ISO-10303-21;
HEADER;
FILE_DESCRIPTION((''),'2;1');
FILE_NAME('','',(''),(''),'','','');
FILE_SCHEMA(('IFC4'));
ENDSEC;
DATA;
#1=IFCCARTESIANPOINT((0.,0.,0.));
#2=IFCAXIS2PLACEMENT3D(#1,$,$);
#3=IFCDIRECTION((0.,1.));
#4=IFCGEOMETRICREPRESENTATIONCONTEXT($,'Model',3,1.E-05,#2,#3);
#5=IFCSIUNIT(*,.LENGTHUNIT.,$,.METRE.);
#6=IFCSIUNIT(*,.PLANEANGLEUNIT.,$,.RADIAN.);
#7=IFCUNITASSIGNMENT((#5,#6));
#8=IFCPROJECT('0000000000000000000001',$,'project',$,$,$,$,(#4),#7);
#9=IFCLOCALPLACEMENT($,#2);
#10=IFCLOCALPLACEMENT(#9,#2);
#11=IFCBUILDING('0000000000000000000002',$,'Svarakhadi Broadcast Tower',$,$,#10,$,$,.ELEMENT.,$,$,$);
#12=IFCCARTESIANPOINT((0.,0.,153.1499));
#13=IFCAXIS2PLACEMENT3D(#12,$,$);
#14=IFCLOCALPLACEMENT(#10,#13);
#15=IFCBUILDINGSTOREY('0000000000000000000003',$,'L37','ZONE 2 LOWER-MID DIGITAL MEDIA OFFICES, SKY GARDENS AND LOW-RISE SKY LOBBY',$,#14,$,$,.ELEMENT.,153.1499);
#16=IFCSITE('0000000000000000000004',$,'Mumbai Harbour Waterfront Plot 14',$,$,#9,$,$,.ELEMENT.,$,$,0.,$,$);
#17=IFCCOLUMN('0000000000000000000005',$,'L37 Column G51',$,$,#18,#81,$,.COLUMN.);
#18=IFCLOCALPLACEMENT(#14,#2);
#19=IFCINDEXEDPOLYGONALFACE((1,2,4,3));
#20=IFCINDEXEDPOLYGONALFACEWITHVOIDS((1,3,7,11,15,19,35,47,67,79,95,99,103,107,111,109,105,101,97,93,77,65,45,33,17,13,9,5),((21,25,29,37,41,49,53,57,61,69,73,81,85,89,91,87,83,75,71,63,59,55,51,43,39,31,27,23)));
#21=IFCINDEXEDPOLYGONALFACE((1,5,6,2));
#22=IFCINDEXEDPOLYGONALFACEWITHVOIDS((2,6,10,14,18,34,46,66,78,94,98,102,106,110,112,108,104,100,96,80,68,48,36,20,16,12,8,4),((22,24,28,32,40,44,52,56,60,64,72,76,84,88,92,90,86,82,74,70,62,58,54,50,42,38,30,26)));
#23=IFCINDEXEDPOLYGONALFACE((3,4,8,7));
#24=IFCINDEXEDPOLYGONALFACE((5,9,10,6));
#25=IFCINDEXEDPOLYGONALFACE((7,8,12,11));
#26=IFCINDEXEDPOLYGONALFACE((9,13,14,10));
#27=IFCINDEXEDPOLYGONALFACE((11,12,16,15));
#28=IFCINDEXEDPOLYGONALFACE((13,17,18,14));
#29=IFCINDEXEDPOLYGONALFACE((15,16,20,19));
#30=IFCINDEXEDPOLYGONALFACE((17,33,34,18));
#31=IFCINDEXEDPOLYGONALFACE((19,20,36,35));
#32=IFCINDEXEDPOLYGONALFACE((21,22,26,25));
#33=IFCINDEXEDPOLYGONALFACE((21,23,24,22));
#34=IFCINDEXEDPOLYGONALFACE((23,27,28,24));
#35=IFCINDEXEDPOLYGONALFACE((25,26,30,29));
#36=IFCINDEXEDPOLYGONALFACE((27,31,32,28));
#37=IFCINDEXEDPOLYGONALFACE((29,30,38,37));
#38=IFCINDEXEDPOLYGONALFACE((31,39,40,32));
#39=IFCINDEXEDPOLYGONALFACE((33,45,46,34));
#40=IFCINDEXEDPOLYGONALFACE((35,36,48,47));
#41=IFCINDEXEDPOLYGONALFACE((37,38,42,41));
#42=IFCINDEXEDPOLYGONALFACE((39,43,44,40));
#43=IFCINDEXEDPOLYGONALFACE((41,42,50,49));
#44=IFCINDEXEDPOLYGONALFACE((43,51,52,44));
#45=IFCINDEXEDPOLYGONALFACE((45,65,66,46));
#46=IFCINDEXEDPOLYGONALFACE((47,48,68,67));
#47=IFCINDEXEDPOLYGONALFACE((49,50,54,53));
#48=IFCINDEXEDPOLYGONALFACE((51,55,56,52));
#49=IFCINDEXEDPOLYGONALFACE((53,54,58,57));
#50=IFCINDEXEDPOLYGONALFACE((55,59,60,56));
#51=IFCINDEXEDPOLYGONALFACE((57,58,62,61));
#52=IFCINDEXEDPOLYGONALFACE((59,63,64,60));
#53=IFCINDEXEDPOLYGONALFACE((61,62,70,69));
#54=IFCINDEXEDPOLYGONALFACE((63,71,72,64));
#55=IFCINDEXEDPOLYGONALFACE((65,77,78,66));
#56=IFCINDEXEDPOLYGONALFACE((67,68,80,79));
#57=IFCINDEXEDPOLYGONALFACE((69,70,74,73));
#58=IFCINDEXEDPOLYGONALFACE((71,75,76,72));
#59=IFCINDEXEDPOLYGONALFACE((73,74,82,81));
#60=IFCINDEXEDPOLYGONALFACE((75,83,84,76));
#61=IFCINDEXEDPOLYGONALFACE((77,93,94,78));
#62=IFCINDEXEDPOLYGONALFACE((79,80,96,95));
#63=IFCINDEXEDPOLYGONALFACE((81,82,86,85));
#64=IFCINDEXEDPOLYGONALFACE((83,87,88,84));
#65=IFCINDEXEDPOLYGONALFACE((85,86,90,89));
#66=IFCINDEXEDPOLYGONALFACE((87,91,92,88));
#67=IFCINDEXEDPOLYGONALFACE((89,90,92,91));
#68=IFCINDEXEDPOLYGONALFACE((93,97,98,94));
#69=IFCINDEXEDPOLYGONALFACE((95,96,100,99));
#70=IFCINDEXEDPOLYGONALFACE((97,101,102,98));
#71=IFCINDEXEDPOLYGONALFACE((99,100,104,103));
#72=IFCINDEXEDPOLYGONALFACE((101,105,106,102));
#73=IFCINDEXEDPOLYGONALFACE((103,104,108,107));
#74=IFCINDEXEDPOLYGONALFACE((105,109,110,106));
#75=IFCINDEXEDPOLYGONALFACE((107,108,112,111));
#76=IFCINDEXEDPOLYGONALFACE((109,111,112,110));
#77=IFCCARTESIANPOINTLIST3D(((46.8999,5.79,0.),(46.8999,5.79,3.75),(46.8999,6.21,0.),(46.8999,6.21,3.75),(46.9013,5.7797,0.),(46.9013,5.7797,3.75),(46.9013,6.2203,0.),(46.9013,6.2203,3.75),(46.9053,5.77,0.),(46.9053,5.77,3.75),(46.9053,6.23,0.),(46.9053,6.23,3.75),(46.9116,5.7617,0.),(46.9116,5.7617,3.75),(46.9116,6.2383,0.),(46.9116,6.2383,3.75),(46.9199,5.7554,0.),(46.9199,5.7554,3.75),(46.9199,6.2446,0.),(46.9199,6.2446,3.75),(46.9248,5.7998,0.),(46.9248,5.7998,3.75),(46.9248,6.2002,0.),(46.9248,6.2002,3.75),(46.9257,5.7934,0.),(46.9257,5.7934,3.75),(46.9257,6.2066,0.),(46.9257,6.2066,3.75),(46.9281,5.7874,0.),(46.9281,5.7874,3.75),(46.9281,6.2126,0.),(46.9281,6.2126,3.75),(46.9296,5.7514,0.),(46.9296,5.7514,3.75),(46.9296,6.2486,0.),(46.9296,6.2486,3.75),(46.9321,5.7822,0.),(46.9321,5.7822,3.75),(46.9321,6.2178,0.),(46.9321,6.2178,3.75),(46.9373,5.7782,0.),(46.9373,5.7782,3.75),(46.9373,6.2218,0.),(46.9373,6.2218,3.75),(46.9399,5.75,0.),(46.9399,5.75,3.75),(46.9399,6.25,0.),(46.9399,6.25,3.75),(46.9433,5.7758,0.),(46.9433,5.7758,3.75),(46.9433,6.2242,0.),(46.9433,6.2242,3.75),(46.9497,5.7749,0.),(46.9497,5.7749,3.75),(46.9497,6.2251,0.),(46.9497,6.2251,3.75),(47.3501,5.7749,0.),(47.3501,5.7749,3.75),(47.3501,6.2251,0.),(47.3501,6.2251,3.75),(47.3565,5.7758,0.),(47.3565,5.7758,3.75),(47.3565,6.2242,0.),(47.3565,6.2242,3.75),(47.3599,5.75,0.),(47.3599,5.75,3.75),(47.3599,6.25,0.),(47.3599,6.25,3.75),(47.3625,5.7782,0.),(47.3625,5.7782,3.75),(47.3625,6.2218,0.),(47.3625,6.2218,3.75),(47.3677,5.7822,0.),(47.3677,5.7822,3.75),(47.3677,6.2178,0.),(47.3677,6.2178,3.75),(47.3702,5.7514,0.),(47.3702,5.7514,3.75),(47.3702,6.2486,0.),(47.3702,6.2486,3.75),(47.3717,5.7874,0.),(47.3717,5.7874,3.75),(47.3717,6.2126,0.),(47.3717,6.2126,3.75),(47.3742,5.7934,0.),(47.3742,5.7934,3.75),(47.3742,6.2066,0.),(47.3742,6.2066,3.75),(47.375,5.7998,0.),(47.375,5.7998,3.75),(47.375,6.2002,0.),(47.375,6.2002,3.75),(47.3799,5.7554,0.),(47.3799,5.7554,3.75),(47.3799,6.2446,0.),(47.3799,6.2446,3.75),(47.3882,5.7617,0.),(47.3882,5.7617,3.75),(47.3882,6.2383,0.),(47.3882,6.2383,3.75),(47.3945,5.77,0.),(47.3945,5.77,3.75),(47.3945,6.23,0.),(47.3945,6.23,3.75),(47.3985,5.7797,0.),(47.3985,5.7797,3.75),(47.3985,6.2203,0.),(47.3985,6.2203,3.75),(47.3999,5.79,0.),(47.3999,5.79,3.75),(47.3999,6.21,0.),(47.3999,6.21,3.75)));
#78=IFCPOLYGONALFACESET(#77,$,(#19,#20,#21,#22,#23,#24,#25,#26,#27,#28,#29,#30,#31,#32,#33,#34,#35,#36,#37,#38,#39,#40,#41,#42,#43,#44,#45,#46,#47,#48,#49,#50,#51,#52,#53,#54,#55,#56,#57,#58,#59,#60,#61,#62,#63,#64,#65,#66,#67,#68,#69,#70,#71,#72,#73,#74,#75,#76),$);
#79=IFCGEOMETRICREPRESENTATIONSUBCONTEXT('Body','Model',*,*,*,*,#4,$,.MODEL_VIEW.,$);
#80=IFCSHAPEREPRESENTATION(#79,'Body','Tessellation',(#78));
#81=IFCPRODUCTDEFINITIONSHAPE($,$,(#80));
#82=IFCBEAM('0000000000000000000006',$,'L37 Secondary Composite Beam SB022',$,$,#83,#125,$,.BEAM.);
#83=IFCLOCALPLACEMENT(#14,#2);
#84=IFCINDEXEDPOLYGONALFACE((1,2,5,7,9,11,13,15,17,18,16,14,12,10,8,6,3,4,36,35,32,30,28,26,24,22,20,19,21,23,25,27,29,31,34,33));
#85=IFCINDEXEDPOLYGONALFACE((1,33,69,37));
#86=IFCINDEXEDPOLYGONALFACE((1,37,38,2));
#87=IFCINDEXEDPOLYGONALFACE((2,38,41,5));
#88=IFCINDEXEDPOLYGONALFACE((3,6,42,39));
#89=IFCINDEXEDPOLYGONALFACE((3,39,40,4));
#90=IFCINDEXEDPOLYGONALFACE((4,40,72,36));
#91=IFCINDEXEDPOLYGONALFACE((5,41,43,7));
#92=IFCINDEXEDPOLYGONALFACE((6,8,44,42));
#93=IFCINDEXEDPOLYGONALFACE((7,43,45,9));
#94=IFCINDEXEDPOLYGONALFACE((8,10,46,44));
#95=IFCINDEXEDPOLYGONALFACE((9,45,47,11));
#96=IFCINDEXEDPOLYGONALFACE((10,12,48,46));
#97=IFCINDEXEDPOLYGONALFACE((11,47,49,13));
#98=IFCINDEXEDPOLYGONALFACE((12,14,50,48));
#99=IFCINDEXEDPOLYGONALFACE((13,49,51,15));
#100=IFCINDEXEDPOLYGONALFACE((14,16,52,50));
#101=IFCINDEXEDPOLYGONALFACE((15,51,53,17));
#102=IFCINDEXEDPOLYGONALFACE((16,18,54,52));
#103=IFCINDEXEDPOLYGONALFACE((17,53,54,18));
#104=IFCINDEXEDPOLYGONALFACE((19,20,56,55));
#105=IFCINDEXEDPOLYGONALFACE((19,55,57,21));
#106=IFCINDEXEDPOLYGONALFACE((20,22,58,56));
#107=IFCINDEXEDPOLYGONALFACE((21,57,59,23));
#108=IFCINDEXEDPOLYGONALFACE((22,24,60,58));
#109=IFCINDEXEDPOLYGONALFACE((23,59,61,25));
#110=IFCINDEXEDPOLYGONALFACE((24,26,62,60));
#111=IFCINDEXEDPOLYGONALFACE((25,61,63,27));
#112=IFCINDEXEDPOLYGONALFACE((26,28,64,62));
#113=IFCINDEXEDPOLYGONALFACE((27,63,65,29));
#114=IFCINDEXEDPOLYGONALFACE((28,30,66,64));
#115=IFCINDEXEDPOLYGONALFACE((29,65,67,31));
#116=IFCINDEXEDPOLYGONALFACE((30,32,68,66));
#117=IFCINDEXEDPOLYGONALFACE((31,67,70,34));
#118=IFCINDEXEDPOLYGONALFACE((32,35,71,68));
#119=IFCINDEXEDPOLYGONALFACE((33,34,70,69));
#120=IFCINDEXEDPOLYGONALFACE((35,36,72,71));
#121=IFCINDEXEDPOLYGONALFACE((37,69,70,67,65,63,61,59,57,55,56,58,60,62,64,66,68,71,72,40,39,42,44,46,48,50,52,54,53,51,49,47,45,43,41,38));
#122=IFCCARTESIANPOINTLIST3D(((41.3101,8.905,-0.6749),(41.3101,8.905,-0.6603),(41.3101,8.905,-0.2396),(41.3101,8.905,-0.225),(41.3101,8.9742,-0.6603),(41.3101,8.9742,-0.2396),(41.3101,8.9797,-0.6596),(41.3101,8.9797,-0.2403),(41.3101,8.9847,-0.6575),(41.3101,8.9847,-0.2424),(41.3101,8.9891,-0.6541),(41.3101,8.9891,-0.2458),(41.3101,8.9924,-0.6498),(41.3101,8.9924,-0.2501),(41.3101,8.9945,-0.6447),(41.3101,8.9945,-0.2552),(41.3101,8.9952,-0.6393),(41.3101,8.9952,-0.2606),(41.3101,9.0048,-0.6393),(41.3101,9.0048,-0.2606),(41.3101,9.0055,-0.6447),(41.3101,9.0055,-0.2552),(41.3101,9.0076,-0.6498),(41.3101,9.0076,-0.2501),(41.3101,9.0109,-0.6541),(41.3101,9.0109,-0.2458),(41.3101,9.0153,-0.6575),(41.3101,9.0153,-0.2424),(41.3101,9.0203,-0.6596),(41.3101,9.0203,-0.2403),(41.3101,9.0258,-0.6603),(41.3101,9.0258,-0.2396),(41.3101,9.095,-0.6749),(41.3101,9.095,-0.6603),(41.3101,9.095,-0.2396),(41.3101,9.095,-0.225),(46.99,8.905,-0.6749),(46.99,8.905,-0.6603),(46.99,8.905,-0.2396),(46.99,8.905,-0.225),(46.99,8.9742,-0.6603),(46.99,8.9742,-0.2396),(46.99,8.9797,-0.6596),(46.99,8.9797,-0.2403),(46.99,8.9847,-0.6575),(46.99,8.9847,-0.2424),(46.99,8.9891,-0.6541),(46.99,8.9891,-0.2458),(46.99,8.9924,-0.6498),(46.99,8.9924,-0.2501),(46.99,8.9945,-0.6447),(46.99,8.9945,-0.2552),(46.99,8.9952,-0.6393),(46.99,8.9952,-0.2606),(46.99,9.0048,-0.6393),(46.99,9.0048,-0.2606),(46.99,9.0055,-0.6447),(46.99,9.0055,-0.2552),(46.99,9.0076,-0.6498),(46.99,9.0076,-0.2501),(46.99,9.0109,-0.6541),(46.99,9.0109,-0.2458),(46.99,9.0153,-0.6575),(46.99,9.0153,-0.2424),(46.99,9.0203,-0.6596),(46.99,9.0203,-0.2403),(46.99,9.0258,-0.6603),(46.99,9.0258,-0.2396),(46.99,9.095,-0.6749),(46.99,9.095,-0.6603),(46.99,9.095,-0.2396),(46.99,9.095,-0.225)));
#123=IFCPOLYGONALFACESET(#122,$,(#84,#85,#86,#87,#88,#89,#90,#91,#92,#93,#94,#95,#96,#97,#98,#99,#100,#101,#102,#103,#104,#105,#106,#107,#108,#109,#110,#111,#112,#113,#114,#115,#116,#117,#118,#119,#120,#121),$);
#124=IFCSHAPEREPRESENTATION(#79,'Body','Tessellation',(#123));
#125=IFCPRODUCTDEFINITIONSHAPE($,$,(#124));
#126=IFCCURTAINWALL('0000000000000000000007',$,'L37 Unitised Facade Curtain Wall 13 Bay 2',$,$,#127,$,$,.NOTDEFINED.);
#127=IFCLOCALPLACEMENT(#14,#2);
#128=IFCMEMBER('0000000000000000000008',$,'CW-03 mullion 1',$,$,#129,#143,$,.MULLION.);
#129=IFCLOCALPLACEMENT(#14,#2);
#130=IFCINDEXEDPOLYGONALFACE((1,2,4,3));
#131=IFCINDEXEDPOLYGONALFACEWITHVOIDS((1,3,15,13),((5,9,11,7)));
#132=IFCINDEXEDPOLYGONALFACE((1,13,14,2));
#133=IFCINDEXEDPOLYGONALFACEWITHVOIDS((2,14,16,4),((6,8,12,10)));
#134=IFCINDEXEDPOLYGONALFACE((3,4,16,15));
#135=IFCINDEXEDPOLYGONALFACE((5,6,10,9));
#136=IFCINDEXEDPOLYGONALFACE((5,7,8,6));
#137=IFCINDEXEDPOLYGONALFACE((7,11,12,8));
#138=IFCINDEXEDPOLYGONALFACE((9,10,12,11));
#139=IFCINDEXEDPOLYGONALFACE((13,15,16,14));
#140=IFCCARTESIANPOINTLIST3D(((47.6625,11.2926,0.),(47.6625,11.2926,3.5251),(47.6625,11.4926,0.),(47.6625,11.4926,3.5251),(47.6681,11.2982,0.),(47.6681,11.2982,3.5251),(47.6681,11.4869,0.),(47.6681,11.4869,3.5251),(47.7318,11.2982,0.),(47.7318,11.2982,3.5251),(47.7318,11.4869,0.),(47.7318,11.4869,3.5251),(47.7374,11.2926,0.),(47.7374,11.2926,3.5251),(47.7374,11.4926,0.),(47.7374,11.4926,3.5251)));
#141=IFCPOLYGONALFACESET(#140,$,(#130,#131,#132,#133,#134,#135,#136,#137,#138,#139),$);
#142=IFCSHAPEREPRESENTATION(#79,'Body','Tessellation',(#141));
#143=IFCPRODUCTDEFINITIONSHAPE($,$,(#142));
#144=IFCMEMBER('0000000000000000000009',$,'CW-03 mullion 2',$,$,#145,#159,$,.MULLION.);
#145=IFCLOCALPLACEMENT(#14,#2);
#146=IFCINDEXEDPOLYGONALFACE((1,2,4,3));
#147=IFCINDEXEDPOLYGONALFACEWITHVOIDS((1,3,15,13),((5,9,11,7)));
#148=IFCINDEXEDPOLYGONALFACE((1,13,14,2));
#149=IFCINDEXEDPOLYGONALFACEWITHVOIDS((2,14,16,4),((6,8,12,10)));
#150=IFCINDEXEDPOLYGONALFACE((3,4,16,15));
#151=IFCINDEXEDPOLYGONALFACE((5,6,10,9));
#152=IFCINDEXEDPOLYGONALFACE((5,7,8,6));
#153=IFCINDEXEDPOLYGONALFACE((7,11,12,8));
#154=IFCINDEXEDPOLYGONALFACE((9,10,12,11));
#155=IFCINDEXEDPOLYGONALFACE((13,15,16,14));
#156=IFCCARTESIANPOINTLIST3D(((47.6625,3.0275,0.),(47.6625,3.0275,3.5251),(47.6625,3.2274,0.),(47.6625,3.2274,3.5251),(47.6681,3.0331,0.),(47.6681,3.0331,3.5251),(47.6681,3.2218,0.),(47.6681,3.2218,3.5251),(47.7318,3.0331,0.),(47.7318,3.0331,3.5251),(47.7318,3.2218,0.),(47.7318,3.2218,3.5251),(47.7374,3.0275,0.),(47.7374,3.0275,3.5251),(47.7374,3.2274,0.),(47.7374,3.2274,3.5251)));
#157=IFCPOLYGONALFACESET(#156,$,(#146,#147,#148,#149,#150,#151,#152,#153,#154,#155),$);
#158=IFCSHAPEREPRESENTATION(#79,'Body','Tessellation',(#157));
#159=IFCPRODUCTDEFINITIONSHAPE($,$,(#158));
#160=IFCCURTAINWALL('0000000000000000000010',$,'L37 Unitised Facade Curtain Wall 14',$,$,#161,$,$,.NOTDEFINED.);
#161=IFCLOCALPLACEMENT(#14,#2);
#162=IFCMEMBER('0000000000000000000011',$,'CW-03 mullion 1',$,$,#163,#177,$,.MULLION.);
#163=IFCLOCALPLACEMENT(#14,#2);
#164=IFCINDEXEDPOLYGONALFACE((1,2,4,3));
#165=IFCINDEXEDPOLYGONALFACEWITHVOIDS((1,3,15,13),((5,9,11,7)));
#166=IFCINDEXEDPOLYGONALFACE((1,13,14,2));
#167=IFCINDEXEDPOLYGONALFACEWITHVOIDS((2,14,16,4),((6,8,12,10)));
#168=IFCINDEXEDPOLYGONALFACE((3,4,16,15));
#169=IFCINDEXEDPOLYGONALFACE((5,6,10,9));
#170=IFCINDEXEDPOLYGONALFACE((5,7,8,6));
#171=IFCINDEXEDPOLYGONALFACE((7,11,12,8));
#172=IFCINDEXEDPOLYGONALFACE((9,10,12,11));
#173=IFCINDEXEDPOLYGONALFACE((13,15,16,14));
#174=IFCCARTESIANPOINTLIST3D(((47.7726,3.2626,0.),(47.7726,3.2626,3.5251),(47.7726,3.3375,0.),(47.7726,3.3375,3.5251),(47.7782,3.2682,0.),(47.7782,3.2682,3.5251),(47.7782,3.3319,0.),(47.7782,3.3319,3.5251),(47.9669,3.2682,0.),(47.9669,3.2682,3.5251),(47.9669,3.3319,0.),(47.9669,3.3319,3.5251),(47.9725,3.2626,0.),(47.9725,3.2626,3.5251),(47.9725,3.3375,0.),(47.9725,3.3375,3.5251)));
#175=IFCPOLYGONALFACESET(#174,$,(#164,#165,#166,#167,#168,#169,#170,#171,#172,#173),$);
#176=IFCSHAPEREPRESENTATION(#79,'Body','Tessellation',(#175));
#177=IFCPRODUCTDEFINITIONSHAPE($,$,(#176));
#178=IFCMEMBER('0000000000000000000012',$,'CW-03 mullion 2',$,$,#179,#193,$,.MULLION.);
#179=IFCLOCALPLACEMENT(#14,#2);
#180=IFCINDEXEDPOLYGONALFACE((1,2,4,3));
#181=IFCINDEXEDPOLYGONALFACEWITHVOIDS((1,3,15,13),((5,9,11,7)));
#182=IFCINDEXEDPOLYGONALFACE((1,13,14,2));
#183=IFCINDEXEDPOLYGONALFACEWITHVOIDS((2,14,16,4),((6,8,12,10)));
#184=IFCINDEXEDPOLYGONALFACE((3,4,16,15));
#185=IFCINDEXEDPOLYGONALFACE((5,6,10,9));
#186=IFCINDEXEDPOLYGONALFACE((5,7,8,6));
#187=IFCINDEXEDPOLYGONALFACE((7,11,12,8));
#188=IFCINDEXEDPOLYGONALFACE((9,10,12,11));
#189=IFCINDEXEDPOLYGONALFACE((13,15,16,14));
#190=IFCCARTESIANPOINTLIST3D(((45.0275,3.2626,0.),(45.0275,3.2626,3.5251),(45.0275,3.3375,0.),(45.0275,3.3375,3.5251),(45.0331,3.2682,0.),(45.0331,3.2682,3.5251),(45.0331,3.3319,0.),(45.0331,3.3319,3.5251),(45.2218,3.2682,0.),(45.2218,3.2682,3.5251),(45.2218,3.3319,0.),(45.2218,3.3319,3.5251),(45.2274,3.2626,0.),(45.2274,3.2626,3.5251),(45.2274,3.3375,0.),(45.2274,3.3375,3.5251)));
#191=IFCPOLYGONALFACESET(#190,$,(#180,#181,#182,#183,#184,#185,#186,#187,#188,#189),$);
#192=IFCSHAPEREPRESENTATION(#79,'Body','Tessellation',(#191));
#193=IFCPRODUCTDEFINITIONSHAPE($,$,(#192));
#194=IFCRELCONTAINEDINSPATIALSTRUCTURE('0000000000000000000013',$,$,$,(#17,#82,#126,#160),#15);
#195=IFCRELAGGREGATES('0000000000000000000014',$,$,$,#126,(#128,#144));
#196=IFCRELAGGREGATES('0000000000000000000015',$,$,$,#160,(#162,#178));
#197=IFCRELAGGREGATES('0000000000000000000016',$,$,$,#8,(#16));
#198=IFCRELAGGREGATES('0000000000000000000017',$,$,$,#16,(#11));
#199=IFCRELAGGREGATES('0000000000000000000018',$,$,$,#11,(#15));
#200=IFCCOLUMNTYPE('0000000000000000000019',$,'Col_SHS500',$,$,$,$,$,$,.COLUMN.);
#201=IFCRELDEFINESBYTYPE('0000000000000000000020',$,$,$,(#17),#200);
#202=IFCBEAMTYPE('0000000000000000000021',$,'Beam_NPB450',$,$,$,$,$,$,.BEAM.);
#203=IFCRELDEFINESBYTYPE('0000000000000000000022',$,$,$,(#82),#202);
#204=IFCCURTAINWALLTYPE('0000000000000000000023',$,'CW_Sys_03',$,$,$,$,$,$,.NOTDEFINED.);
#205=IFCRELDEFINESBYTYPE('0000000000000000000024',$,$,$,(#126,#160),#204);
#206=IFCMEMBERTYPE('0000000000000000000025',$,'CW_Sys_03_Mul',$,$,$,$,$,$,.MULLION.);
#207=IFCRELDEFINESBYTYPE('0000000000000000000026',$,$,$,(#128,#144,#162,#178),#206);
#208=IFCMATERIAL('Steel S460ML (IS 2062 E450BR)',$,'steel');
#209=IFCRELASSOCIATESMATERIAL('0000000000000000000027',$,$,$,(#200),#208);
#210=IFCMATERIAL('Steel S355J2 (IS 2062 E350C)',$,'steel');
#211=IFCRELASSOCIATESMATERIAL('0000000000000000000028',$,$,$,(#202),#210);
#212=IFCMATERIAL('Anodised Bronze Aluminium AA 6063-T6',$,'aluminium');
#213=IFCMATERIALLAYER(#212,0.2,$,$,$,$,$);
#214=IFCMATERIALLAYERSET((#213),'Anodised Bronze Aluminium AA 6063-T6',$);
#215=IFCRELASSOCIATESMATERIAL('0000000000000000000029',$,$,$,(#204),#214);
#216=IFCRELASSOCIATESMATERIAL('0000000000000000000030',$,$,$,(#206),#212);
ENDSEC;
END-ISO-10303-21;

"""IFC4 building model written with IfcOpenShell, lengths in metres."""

from ifc_helpers import new_model, si_unit, direction, frame, origin, origin_2d, place, context, subcontext, project, spatial, hollow_rectangle, i_section, extrude, material, layer, layer_set, material_profile, profile_set, type_object, element, aggregate, save


model = new_model("IFC4")

# Units and contexts
model_context = context("Model", 3, precision=1e-05, world=origin(), true_north=direction((0.0, 1.0)))
body_context = subcontext(model_context, "Body", "Model", "MODEL_VIEW")
ifc_project = project(units=[si_unit("LENGTHUNIT", "METRE"), si_unit("PLANEANGLEUNIT", "RADIAN")], contexts=[model_context])

# Site, building, storey
site_placement = place(None, origin())
site = spatial("IfcSite", under=ifc_project, at=site_placement, Name="Mumbai Harbour Waterfront Plot 14", CompositionType="ELEMENT", RefElevation=0.0)
building_placement = place(site_placement, origin())
building = spatial("IfcBuilding", under=site, at=building_placement, Name="Svarakhadi Broadcast Tower", CompositionType="ELEMENT")
storey_placement = place(building_placement, frame((0.0, 0.0, 153.1499)))
storey = spatial("IfcBuildingStorey", under=building, at=storey_placement, Name="L37", Description="ZONE 2 LOWER-MID DIGITAL MEDIA OFFICES, SKY GARDENS AND LOW-RISE SKY LOBBY", CompositionType="ELEMENT", Elevation=153.1499)

# Column
ifc_material_1 = material(Name="Steel S460ML (IS 2062 E450BR)", Category="steel")
ifc_material_profile_1 = material_profile(ifc_material_1, hollow_rectangle(XDim=0.5, YDim=0.5, WallThickness=0.0249, InnerFilletRadius=0.0249, OuterFilletRadius=0.04, at=origin_2d()), Name="SHS 500x500x25")
ifc_profile_set_1 = profile_set([ifc_material_profile_1], Name="Steel S460ML (IS 2062 E450BR)")
column_type = type_object("IfcColumnType", Name="Col_SHS500", PredefinedType="COLUMN", material=ifc_profile_set_1)
column_placement = place(storey_placement, frame((47.1499, 6.0, 0.0), z_axis=(0.0, 0.0, 1.0), x_axis=(1.0, 0.0, 0.0)))
element("IfcColumn", 1, at=column_placement, inside=storey, type_object=column_type, Name="L37 Column G51", PredefinedType="COLUMN", context=body_context, shape_type="SweptSolid", body=[
    extrude(hollow_rectangle(XDim=0.5, YDim=0.5, WallThickness=0.0249, InnerFilletRadius=0.0249, OuterFilletRadius=0.04, at=origin_2d()), origin(), (0.0, 0.0, 1.0), 3.75),
])

# Beam
ifc_material_2 = material(Name="Steel S355J2 (IS 2062 E350C)", Category="steel")
ifc_material_profile_2 = material_profile(ifc_material_2, i_section(OverallWidth=0.1899, OverallDepth=0.45, WebThickness=0.0095, FlangeThickness=0.0146, FilletRadius=0.021, at=origin_2d()), Name="NPB 450x190x78")
ifc_profile_set_2 = profile_set([ifc_material_profile_2], Name="Steel S355J2 (IS 2062 E350C)")
beam_type_1 = type_object("IfcBeamType", Name="Beam_NPB450", PredefinedType="BEAM", material=ifc_profile_set_2)
beam_placement = place(storey_placement, frame((41.3101, 9.0, -0.45), z_axis=(1.0, 0.0, 0.0), x_axis=(0.0, 1.0, 0.0)))
element("IfcBeam", 2, at=beam_placement, inside=storey, type_object=beam_type_1, Name="L37 Secondary Composite Beam SB022", PredefinedType="BEAM", context=body_context, shape_type="SweptSolid", body=[
    extrude(i_section(OverallWidth=0.1899, OverallDepth=0.45, WebThickness=0.0095, FlangeThickness=0.0146, FilletRadius=0.021, at=origin_2d()), origin(), (0.0, 0.0, 1.0), 5.6799),
])

# Curtain walls, members
ifc_material_3 = material(Name="Anodised Bronze Aluminium AA 6063-T6", Category="aluminium")
ifc_layer_1 = layer(ifc_material_3, 0.2)
ifc_layer_set_1 = layer_set([ifc_layer_1], Name="Anodised Bronze Aluminium AA 6063-T6")
curtain_wall_type = type_object("IfcCurtainWallType", Name="CW_Sys_03", PredefinedType="NOTDEFINED", material=ifc_layer_set_1)
curtain_wall_1_placement = place(storey_placement, origin())
curtain_wall_1 = element("IfcCurtainWall", 3, at=curtain_wall_1_placement, inside=storey, type_object=curtain_wall_type, Name="L37 Unitised Facade Curtain Wall 13 Bay 2", PredefinedType="NOTDEFINED")
ifc_material_profile_3 = material_profile(ifc_material_3, hollow_rectangle(XDim=0.075, YDim=0.2, WallThickness=0.0056, at=origin_2d()), Name="ALU MULLION 200x75x6")
ifc_profile_set_3 = profile_set([ifc_material_profile_3], Name="Anodised Bronze Aluminium AA 6063-T6")
member_type_1 = type_object("IfcMemberType", Name="CW_Sys_03_Mul", PredefinedType="MULLION", material=ifc_profile_set_3)
member_1_placement = place(storey_placement, frame((47.7, 11.3926, 0.0), z_axis=(0.0, 0.0, 1.0), x_axis=(1.0, 0.0, 0.0)))
member_1 = element("IfcMember", 4, at=member_1_placement, type_object=member_type_1, Name="CW-03 mullion 1", PredefinedType="MULLION", context=body_context, shape_type="SweptSolid", body=[
    extrude(hollow_rectangle(XDim=0.075, YDim=0.2, WallThickness=0.0056, at=origin_2d()), origin(), (0.0, 0.0, 1.0), 3.5251),
])
member_2_placement = place(storey_placement, frame((47.7, 3.1274, 0.0), z_axis=(0.0, 0.0, 1.0), x_axis=(1.0, 0.0, 0.0)))
member_2 = element("IfcMember", 5, at=member_2_placement, type_object=member_type_1, Name="CW-03 mullion 2", PredefinedType="MULLION", context=body_context, shape_type="SweptSolid", body=[
    extrude(hollow_rectangle(XDim=0.075, YDim=0.2, WallThickness=0.0056, at=origin_2d()), origin(), (0.0, 0.0, 1.0), 3.5251),
])
curtain_wall_2_placement = place(storey_placement, origin())
curtain_wall_2 = element("IfcCurtainWall", 6, at=curtain_wall_2_placement, inside=storey, type_object=curtain_wall_type, Name="L37 Unitised Facade Curtain Wall 14", PredefinedType="NOTDEFINED")
member_3_placement = place(storey_placement, frame((47.8726, 3.3, 0.0), z_axis=(0.0, 0.0, 1.0), x_axis=(0.0, -1.0, 0.0)))
member_3 = element("IfcMember", 7, at=member_3_placement, type_object=member_type_1, Name="CW-03 mullion 1", PredefinedType="MULLION", context=body_context, shape_type="SweptSolid", body=[
    extrude(hollow_rectangle(XDim=0.075, YDim=0.2, WallThickness=0.0056, at=origin_2d()), origin(), (0.0, 0.0, 1.0), 3.5251),
])
member_4_placement = place(storey_placement, frame((45.1274, 3.3, 0.0), z_axis=(0.0, 0.0, 1.0), x_axis=(0.0, -1.0, 0.0)))
member_4 = element("IfcMember", 8, at=member_4_placement, type_object=member_type_1, Name="CW-03 mullion 2", PredefinedType="MULLION", context=body_context, shape_type="SweptSolid", body=[
    extrude(hollow_rectangle(XDim=0.075, YDim=0.2, WallThickness=0.0056, at=origin_2d()), origin(), (0.0, 0.0, 1.0), 3.5251),
])

aggregate(curtain_wall_1, [member_1, member_2])
aggregate(curtain_wall_2, [member_3, member_4])

save(model, "model.ifc")
